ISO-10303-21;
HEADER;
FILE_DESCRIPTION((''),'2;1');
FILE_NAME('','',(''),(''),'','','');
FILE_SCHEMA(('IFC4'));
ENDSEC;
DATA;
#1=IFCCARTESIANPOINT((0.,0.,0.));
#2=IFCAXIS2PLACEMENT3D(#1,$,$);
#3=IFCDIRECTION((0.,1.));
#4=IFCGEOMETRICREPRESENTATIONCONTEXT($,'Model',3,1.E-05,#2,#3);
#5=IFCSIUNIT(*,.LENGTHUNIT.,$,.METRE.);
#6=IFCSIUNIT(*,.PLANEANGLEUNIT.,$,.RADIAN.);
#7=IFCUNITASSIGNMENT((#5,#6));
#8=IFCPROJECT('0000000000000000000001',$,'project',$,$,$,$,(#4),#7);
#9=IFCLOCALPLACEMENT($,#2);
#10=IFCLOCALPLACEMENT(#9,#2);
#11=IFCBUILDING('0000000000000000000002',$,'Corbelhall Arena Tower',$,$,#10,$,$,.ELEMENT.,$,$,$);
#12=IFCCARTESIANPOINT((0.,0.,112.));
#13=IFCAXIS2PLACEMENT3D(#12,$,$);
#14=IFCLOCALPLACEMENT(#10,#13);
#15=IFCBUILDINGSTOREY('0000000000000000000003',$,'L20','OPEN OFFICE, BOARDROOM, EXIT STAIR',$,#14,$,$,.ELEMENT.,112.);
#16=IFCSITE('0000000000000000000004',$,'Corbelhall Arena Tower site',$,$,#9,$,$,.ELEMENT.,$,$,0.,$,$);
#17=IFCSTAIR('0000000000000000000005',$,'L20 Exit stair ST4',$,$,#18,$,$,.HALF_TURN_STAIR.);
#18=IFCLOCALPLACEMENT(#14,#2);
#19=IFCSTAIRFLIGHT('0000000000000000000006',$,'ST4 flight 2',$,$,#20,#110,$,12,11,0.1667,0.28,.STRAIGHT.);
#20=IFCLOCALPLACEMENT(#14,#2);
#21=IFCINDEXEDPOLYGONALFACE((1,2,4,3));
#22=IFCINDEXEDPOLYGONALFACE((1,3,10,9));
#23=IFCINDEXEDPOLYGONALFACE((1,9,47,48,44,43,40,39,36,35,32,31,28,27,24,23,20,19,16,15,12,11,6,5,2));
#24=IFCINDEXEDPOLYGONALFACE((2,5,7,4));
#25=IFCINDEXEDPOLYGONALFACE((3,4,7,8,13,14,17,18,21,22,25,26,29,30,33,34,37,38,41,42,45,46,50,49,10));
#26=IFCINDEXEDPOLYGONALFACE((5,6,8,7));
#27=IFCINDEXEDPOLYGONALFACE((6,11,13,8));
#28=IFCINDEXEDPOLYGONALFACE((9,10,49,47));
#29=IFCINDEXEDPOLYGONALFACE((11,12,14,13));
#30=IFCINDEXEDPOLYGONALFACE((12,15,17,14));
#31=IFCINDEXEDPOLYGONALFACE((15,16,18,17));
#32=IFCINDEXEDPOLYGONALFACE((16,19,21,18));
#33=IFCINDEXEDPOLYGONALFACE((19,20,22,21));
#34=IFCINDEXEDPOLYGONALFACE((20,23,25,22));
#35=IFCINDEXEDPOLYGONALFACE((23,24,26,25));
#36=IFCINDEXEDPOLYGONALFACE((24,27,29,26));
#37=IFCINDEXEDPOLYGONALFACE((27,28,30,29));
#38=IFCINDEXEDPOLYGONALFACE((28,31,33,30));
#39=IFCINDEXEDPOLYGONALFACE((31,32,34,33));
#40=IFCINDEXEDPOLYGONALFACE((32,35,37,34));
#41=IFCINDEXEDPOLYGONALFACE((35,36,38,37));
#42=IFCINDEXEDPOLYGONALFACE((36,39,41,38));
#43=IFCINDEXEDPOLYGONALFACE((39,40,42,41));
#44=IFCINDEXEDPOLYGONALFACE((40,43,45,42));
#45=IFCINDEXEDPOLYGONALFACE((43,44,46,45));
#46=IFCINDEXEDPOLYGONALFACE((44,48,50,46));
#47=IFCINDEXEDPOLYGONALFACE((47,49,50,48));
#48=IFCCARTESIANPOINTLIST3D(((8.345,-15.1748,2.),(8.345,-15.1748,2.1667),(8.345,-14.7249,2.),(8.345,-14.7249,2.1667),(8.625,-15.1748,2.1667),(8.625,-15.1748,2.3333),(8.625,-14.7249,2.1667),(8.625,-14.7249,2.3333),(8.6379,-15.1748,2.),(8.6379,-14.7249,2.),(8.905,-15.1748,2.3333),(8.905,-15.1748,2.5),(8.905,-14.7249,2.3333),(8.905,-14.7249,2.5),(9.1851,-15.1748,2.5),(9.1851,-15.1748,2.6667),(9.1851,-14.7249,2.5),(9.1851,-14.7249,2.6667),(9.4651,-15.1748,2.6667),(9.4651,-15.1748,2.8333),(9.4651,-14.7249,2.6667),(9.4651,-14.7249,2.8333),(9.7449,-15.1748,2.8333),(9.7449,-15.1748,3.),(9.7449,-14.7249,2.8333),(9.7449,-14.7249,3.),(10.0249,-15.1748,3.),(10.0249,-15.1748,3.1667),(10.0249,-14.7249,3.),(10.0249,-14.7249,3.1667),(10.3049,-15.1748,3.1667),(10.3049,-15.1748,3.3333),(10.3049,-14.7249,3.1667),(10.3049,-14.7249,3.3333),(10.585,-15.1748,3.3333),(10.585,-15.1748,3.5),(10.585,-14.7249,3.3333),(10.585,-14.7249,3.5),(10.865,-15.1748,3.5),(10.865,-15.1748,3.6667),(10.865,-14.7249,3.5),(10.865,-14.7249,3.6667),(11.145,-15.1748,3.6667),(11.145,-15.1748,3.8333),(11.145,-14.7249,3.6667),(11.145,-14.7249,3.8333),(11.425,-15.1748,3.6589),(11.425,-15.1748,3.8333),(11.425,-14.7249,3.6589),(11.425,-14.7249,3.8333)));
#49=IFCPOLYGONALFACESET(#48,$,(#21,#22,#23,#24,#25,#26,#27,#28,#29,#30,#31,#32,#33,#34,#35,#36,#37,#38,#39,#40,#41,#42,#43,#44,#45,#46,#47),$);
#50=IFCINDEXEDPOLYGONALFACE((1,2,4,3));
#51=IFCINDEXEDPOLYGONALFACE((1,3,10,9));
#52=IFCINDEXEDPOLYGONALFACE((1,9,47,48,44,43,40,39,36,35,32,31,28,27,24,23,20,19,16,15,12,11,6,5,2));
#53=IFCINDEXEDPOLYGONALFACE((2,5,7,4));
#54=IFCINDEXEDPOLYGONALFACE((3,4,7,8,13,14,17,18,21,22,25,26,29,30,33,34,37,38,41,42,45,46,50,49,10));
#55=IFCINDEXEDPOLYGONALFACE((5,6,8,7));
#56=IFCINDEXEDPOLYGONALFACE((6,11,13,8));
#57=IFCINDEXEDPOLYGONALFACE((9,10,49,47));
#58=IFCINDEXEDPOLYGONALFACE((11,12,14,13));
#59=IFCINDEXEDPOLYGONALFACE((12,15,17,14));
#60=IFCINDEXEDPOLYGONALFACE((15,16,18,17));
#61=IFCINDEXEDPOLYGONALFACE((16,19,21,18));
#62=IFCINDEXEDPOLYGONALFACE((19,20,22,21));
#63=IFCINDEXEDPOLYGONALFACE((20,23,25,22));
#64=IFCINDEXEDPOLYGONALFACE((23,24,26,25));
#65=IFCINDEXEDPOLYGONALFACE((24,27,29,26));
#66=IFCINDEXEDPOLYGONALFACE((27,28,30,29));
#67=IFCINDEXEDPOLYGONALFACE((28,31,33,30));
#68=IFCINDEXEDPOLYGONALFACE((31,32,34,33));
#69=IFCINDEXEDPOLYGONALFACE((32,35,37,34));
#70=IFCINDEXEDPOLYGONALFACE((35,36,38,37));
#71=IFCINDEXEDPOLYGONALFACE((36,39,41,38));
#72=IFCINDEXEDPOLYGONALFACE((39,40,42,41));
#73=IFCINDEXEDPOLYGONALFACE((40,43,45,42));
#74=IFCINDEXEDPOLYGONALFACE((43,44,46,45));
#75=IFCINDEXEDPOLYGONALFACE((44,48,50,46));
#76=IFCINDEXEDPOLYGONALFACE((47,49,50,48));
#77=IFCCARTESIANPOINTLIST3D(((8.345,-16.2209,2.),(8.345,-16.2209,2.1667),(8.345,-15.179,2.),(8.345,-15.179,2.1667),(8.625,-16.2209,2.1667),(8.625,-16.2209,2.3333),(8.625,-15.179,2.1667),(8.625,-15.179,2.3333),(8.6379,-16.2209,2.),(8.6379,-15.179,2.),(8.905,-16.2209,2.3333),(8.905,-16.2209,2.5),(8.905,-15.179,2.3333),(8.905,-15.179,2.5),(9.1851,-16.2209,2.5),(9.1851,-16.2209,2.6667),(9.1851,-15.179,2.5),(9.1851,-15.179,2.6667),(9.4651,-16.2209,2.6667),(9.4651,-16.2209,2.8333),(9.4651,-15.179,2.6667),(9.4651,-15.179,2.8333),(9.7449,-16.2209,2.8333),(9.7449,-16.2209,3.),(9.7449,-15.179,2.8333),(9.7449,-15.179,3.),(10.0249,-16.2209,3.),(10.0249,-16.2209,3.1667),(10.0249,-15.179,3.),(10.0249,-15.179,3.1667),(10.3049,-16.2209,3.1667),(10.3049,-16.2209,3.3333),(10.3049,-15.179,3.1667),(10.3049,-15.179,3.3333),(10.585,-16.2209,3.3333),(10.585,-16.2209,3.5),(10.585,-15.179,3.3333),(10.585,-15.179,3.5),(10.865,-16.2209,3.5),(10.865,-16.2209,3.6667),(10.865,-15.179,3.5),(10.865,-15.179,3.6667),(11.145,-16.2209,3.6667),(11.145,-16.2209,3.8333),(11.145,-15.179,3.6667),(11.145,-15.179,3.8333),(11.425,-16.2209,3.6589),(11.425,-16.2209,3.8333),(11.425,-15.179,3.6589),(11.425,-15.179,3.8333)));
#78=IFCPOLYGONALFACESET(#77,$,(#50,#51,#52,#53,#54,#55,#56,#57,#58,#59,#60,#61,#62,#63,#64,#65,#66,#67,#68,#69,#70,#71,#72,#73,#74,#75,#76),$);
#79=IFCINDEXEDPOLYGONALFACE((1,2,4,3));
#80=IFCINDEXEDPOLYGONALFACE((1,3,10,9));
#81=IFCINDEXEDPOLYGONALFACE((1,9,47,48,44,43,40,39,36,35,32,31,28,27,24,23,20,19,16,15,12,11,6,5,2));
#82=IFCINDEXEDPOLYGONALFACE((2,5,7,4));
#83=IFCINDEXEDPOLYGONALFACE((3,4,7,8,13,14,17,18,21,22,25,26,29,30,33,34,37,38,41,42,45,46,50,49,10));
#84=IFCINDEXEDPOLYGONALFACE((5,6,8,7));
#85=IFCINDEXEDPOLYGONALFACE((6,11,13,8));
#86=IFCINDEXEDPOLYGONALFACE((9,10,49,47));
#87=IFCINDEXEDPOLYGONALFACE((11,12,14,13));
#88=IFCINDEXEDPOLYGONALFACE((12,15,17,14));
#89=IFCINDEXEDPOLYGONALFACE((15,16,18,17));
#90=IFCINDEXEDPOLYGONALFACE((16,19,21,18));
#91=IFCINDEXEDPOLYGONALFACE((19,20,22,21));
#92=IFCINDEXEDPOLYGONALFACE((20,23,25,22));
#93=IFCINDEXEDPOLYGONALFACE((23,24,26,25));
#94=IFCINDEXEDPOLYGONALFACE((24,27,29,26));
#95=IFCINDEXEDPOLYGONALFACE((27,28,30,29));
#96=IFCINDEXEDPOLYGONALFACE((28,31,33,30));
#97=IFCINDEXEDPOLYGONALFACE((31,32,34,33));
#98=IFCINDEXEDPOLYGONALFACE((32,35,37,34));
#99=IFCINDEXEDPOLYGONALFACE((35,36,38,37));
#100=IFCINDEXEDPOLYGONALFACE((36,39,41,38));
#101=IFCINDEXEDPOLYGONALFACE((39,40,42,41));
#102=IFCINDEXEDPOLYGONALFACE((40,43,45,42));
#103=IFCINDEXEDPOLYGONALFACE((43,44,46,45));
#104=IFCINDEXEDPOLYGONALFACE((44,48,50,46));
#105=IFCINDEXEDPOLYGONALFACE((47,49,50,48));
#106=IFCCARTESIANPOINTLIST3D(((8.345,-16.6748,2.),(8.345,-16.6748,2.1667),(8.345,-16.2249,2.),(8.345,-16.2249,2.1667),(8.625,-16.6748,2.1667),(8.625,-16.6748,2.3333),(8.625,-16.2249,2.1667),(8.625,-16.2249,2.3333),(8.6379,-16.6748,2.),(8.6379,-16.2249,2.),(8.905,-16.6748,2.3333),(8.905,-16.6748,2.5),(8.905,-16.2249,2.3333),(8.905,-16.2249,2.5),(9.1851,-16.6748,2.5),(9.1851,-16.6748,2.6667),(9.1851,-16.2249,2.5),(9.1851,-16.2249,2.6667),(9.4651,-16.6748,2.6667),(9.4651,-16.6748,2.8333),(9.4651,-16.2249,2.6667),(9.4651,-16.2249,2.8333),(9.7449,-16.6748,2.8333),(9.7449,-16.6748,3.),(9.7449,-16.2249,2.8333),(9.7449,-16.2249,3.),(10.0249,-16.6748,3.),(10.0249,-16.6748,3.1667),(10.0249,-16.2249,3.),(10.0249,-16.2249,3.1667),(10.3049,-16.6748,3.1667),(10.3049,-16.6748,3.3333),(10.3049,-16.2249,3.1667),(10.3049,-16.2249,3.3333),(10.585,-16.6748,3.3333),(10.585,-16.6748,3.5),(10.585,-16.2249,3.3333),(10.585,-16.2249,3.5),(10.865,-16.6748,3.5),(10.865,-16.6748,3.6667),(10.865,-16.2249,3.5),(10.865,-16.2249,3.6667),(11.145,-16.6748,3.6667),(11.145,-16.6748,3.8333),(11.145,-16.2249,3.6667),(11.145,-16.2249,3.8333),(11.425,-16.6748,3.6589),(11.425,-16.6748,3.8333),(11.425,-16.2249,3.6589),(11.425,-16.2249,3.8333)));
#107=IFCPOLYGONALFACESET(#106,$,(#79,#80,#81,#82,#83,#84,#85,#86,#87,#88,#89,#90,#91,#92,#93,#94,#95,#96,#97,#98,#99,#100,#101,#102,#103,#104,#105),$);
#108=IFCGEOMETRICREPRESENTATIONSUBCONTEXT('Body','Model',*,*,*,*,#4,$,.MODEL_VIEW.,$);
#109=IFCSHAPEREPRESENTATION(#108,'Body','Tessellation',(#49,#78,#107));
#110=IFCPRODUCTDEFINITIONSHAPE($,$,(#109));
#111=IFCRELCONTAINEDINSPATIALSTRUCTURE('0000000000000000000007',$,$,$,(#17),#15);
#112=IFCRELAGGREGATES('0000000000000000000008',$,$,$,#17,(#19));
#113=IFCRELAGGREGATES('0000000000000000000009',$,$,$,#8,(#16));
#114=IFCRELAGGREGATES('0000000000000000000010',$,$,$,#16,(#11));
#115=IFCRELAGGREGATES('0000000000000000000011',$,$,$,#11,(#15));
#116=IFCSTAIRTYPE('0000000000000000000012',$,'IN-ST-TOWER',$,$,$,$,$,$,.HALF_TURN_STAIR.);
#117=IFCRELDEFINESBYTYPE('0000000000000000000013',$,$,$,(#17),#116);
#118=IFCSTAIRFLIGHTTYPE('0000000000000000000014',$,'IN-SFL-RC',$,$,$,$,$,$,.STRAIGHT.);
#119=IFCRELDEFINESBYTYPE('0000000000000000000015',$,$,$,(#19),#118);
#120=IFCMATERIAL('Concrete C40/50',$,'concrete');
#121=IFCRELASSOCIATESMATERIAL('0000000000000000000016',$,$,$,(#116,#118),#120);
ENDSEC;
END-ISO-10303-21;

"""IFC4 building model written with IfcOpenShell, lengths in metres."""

from ifc_helpers import new_model, si_unit, direction, frame, origin, place, context, subcontext, project, spatial, polyline, outline, extrude, material, type_object, element, aggregate, save


model = new_model("IFC4")

# Units and contexts
model_context = context("Model", 3, precision=1e-05, world=origin(), true_north=direction((0.0, 1.0)))
body_context = subcontext(model_context, "Body", "Model", "MODEL_VIEW")
ifc_project = project(units=[si_unit("LENGTHUNIT", "METRE"), si_unit("PLANEANGLEUNIT", "RADIAN")], contexts=[model_context])

# Site, building, storey
site_placement = place(None, origin())
site = spatial("IfcSite", under=ifc_project, at=site_placement, Name="Corbelhall Arena Tower site", CompositionType="ELEMENT", RefElevation=0.0)
building_placement = place(site_placement, origin())
building = spatial("IfcBuilding", under=site, at=building_placement, Name="Corbelhall Arena Tower", CompositionType="ELEMENT")
storey_placement = place(building_placement, frame((0.0, 0.0, 112.0)))
storey = spatial("IfcBuildingStorey", under=building, at=storey_placement, Name="L20", Description="OPEN OFFICE, BOARDROOM, EXIT STAIR", CompositionType="ELEMENT", Elevation=112.0)

# Shared definitions
ifc_material_1 = material(Name="Concrete C40/50", Category="concrete")

# Stair, stair flight
stair_type = type_object("IfcStairType", Name="IN-ST-TOWER", PredefinedType="HALF_TURN_STAIR", material=ifc_material_1)
stair_placement = place(storey_placement, origin())
stair = element("IfcStair", 1, at=stair_placement, inside=storey, type_object=stair_type, Name="L20 Exit stair ST4", PredefinedType="HALF_TURN_STAIR")
stair_flight_type = type_object("IfcStairFlightType", Name="IN-SFL-RC", PredefinedType="STRAIGHT", material=ifc_material_1)
stair_flight_1_placement = place(storey_placement, frame((8.345, -15.7, 2.0), z_axis=(0.0, 0.0, 1.0), x_axis=(1.0, 0.0, 0.0)))
stair_flight_1 = element("IfcStairFlight", 2, at=stair_flight_1_placement, type_object=stair_flight_type, Name="ST4 flight 2", NumberOfRisers=12, NumberOfTreads=11, PredefinedType="STRAIGHT", RiserHeight=0.1667, TreadLength=0.28, context=body_context, shape_type="SweptSolid", body=[
    extrude(outline(polyline([(0.0, 0.0), (0.0, 0.1667), (0.28, 0.1667), (0.28, 0.3333), (0.5601, 0.3333), (0.5601, 0.5), (0.8401, 0.5), (0.8401, 0.6667), (1.1201, 0.6667), (1.1201, 0.8333), (1.3999, 0.8333), (1.3999, 1.0), (1.6799, 1.0), (1.6799, 1.1667), (1.96, 1.1667), (1.96, 1.3333), (2.24, 1.3333), (2.24, 1.5), (2.52, 1.5), (2.52, 1.6667), (2.8, 1.6667), (2.8, 1.8333), (3.0801, 1.8333), (3.0801, 2.0), (3.0801, 1.6589), (0.293, 0.0), (0.0, 0.0)])), frame((0.0, 0.9751, 0.0), z_axis=(0.0, -1.0, 0.0), x_axis=(1.0, 0.0, 0.0)), (0.0, 0.0, 1.0), 0.45),
    extrude(outline(polyline([(0.0, 0.0), (0.0, 0.1667), (0.28, 0.1667), (0.28, 0.3333), (0.5601, 0.3333), (0.5601, 0.5), (0.8401, 0.5), (0.8401, 0.6667), (1.1201, 0.6667), (1.1201, 0.8333), (1.3999, 0.8333), (1.3999, 1.0), (1.6799, 1.0), (1.6799, 1.1667), (1.96, 1.1667), (1.96, 1.3333), (2.24, 1.3333), (2.24, 1.5), (2.52, 1.5), (2.52, 1.6667), (2.8, 1.6667), (2.8, 1.8333), (3.0801, 1.8333), (3.0801, 2.0), (3.0801, 1.6589), (0.293, 0.0), (0.0, 0.0)])), frame((0.0, 0.521, 0.0), z_axis=(0.0, -1.0, 0.0), x_axis=(1.0, 0.0, 0.0)), (0.0, 0.0, 1.0), 1.042),
    extrude(outline(polyline([(0.0, 0.0), (0.0, 0.1667), (0.28, 0.1667), (0.28, 0.3333), (0.5601, 0.3333), (0.5601, 0.5), (0.8401, 0.5), (0.8401, 0.6667), (1.1201, 0.6667), (1.1201, 0.8333), (1.3999, 0.8333), (1.3999, 1.0), (1.6799, 1.0), (1.6799, 1.1667), (1.96, 1.1667), (1.96, 1.3333), (2.24, 1.3333), (2.24, 1.5), (2.52, 1.5), (2.52, 1.6667), (2.8, 1.6667), (2.8, 1.8333), (3.0801, 1.8333), (3.0801, 2.0), (3.0801, 1.6589), (0.293, 0.0), (0.0, 0.0)])), frame((0.0, -0.5249, 0.0), z_axis=(0.0, -1.0, 0.0), x_axis=(1.0, 0.0, 0.0)), (0.0, 0.0, 1.0), 0.45),
])
aggregate(stair, [stair_flight_1])

save(model, "model.ifc")
